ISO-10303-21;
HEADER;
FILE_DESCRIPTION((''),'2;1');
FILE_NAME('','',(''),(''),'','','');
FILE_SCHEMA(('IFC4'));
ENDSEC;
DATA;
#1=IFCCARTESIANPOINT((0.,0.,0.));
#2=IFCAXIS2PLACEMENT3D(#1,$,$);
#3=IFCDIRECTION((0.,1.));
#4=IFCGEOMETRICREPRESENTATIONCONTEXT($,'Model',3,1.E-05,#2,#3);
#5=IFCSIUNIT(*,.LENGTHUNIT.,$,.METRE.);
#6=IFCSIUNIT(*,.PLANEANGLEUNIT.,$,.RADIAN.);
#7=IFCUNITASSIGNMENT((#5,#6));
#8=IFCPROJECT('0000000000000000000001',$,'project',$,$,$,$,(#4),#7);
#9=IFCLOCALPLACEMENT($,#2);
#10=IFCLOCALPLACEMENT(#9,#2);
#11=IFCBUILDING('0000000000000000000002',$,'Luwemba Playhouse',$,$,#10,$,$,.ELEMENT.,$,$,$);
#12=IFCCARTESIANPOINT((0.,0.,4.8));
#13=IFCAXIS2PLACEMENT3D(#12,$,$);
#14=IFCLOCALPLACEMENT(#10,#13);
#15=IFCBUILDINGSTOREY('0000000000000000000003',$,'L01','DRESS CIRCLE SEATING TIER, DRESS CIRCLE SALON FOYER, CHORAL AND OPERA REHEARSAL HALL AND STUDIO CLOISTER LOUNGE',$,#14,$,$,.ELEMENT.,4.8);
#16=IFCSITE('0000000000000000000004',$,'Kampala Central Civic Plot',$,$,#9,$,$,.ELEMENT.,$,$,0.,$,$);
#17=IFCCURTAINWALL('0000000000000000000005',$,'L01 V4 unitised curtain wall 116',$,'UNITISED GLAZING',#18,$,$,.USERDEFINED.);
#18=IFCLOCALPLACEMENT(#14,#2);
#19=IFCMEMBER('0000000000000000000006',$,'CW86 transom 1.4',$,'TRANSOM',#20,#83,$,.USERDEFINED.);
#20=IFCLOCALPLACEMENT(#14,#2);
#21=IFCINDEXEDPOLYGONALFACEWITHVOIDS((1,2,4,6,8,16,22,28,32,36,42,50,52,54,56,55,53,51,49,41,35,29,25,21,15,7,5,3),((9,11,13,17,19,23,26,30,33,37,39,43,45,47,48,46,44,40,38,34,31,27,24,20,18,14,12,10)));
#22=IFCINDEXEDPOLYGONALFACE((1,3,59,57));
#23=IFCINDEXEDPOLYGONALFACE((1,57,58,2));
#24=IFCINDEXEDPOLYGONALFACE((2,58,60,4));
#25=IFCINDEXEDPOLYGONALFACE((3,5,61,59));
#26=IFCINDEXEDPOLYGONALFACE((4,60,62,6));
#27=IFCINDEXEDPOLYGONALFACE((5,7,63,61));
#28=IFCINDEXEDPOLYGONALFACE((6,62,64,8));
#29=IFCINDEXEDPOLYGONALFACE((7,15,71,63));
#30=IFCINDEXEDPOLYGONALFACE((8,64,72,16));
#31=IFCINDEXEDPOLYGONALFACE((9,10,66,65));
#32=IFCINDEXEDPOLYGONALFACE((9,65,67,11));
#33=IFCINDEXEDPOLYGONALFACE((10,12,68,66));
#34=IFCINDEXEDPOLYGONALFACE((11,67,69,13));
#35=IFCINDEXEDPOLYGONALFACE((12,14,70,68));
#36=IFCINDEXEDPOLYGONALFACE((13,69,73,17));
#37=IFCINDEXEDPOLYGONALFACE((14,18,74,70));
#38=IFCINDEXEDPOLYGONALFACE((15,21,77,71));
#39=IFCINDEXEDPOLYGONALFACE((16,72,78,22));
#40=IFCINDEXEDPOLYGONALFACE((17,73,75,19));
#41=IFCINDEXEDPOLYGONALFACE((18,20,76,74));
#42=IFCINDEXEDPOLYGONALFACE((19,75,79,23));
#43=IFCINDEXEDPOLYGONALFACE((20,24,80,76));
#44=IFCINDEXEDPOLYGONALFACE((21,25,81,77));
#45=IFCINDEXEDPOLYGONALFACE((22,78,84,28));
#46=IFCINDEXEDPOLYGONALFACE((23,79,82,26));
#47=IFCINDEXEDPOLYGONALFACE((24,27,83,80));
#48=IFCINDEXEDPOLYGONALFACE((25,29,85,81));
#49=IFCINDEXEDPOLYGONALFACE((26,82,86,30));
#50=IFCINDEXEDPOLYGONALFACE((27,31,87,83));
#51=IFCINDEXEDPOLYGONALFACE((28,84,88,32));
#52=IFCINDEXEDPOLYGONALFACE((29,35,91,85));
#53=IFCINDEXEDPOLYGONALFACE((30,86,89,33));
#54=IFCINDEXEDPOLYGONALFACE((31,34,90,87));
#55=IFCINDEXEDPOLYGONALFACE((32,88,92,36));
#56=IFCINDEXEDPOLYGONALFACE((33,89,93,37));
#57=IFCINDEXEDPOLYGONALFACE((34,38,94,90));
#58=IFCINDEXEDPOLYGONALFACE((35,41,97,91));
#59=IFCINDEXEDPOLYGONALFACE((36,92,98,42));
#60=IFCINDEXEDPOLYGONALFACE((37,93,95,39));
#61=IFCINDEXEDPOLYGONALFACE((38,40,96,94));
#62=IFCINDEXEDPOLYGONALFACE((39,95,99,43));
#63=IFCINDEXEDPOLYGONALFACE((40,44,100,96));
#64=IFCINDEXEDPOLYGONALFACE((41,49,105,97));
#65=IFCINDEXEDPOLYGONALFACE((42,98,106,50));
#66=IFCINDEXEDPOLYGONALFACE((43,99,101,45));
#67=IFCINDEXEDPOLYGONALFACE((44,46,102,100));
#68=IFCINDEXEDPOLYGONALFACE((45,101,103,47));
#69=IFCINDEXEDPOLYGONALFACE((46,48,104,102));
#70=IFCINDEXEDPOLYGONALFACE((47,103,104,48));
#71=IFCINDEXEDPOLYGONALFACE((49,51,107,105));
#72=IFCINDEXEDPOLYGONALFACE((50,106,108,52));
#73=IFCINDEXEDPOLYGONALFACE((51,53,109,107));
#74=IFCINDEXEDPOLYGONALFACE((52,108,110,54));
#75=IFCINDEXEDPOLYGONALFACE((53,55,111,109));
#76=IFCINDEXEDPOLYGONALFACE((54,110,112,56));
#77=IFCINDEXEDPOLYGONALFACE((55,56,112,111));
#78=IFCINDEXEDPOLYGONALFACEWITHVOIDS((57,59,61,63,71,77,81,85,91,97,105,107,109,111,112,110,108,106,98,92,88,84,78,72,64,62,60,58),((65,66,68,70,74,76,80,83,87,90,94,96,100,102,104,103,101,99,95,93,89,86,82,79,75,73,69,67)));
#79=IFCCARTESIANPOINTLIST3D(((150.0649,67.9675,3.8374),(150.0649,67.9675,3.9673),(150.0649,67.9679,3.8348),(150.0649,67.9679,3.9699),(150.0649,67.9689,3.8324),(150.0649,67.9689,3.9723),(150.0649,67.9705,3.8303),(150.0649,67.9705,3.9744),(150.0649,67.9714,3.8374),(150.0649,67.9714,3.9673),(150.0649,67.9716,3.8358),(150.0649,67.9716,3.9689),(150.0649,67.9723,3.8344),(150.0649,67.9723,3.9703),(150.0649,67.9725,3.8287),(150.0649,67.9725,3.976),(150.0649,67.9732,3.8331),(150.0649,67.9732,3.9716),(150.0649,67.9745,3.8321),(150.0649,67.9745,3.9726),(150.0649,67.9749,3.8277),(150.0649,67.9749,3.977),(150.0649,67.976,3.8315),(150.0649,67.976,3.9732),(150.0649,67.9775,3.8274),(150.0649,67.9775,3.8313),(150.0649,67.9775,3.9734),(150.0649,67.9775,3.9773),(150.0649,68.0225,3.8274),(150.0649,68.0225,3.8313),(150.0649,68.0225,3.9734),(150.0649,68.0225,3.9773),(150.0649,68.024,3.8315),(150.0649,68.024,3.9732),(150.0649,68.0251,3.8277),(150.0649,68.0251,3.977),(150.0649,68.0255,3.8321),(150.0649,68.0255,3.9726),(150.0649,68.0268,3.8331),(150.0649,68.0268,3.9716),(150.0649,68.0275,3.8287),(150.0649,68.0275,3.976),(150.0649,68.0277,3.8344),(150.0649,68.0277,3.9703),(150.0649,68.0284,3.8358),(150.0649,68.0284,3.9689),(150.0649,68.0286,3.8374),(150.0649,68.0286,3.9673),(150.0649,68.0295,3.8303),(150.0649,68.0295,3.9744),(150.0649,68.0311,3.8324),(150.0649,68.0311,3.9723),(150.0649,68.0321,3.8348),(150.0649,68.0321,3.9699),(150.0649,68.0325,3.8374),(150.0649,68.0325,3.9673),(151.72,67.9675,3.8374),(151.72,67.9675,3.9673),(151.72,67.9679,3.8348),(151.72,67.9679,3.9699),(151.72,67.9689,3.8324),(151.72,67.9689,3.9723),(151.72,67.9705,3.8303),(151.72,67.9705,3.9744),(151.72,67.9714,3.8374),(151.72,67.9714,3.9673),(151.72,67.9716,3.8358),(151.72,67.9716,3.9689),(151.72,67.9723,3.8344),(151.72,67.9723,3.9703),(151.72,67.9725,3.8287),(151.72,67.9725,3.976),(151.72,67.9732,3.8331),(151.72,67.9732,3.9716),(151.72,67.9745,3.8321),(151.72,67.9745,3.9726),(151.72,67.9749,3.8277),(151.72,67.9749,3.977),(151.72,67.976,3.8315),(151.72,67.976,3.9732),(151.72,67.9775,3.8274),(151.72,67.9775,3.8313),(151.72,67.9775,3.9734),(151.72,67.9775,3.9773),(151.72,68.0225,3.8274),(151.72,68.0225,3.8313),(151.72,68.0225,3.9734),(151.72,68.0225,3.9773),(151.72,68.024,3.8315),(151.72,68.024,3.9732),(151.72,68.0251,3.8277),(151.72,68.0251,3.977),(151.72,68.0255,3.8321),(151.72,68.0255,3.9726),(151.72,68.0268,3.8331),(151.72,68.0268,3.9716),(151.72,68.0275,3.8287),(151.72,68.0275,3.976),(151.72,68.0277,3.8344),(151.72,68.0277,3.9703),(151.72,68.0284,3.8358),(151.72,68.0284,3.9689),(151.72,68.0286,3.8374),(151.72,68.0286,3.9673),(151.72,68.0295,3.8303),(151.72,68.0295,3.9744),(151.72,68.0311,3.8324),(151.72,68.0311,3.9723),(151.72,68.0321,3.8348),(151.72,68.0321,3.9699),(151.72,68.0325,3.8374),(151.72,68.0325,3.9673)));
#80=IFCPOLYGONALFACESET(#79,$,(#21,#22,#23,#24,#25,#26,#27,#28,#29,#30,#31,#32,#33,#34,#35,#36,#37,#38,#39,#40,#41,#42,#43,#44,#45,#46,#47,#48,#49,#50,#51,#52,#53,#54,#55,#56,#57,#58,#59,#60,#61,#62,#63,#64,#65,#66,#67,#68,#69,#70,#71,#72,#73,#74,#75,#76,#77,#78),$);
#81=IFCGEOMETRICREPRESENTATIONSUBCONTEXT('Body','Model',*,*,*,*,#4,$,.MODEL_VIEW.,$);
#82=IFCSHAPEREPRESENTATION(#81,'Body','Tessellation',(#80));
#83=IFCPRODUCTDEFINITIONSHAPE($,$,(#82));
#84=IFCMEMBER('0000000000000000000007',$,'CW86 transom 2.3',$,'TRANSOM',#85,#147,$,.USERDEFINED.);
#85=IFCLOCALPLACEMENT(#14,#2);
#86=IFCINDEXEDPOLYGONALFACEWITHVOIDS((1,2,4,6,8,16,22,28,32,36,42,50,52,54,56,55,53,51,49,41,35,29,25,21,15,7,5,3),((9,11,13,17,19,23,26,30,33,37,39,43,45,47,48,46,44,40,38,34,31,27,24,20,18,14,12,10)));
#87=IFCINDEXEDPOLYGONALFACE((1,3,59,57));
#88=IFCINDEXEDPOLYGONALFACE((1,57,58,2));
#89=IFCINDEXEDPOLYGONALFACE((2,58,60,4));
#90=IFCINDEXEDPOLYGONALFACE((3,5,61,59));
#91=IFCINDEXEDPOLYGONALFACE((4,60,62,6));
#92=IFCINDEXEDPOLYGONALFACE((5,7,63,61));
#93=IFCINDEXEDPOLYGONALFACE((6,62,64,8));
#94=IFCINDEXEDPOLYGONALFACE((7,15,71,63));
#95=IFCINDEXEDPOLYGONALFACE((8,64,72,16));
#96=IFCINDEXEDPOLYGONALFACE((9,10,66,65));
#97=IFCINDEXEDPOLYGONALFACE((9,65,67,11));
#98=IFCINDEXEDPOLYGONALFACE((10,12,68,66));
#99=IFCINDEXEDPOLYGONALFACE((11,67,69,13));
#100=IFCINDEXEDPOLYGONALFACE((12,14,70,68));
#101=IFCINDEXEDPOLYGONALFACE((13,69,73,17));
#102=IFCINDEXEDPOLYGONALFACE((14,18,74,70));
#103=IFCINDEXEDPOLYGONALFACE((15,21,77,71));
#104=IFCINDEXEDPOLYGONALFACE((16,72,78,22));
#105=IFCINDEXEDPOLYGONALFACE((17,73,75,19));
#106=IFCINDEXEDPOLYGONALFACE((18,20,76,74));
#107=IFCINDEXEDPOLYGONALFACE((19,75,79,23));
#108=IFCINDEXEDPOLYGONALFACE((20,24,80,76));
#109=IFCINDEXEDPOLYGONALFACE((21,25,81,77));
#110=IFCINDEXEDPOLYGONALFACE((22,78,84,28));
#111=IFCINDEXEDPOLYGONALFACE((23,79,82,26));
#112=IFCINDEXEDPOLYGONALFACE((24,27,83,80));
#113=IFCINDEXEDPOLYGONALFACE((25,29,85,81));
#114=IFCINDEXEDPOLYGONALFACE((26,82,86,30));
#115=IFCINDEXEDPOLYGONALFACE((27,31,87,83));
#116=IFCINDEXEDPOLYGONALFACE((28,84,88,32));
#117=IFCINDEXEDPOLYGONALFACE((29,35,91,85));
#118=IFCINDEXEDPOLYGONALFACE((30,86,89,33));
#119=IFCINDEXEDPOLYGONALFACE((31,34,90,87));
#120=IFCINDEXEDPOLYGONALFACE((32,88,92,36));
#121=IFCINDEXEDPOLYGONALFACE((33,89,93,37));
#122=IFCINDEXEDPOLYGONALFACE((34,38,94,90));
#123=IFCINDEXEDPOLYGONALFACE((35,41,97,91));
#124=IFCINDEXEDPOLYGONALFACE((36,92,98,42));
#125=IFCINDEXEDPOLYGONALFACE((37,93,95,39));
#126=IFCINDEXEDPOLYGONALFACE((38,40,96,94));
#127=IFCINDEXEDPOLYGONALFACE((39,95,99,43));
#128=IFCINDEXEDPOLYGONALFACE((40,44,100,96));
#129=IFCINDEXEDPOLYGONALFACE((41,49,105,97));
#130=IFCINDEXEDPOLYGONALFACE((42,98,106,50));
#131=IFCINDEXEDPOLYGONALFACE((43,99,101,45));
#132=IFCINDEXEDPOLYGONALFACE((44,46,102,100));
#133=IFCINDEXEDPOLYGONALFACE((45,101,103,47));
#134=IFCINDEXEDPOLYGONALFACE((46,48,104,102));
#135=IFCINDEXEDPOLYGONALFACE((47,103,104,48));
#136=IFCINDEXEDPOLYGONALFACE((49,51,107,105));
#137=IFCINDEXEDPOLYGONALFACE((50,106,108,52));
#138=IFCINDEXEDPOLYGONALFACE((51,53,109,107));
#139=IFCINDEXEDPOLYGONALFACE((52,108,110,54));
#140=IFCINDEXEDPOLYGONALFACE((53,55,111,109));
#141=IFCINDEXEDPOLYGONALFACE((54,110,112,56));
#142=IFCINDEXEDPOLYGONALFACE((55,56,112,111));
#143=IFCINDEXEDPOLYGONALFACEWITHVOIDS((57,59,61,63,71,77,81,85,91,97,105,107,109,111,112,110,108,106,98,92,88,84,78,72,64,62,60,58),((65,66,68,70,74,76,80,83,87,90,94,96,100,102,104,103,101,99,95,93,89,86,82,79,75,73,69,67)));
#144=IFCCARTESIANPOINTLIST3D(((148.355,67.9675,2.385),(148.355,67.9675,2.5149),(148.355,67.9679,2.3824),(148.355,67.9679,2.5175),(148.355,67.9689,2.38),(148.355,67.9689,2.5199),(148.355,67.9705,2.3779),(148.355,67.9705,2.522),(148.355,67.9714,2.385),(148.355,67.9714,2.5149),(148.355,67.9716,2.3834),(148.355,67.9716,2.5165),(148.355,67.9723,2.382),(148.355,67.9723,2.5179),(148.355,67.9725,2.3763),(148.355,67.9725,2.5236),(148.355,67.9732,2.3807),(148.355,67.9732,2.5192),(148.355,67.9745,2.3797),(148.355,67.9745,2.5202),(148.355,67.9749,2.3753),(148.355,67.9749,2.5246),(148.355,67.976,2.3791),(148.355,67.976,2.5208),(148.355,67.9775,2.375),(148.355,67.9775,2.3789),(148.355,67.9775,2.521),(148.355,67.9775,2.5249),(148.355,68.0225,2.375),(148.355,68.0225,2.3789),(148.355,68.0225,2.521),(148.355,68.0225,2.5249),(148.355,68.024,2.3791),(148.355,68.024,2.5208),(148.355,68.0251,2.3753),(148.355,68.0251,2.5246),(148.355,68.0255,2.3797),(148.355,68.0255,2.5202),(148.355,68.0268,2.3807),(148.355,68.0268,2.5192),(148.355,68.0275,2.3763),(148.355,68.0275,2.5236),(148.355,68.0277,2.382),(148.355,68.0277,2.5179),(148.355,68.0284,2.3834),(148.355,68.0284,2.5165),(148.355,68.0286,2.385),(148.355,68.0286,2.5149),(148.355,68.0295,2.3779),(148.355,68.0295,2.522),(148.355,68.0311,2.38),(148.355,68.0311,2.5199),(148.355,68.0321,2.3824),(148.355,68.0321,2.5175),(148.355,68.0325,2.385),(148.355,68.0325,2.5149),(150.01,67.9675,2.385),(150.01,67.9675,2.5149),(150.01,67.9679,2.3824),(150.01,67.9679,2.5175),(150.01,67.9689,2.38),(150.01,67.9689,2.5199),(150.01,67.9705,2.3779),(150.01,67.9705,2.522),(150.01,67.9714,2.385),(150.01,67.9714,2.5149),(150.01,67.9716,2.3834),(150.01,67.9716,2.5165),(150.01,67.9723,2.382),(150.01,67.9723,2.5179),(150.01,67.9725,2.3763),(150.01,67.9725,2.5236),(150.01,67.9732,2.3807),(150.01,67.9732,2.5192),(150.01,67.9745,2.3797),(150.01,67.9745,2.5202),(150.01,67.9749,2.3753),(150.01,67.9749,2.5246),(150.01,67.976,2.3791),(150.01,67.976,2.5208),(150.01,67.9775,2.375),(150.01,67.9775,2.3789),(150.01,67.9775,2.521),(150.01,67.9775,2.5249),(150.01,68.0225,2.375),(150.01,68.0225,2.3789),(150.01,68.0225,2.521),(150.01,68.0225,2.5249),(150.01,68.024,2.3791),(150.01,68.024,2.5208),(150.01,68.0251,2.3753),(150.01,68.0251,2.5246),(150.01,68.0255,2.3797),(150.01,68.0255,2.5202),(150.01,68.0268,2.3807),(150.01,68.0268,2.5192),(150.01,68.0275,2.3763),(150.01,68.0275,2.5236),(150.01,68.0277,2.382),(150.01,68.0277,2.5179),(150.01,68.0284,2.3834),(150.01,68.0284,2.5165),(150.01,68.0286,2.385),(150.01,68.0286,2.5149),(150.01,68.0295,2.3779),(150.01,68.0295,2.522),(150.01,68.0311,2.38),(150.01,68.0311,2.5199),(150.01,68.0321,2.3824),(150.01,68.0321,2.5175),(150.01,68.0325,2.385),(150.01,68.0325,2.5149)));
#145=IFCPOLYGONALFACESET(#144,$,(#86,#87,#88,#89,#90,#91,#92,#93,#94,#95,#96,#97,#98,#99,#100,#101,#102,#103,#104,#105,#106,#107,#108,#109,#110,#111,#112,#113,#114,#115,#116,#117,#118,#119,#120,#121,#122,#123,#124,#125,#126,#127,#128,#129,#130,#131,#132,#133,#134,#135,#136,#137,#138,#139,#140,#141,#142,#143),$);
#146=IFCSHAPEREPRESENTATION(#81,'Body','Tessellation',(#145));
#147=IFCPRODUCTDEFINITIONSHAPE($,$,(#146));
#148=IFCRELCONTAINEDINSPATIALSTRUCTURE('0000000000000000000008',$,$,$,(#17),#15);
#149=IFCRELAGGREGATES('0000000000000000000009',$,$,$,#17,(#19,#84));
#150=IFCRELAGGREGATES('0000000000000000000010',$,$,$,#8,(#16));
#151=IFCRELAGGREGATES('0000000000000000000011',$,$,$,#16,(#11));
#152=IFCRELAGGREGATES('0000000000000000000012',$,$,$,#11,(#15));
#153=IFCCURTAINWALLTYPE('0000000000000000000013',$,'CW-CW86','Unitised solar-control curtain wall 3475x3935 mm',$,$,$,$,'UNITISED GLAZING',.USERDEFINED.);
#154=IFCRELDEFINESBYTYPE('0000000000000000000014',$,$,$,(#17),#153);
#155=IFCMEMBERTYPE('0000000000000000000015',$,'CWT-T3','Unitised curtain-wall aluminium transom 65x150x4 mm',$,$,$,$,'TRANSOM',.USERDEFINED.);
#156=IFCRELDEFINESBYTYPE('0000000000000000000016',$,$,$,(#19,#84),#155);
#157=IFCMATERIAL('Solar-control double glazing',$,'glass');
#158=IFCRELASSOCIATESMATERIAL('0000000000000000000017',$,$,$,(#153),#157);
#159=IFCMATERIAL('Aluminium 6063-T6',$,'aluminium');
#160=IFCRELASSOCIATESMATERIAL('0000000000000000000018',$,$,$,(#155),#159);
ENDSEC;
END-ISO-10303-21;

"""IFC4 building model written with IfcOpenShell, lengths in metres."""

from ifc_helpers import new_model, si_unit, direction, frame, origin, origin_2d, place, context, subcontext, project, spatial, hollow_rectangle, extrude, material, material_profile, profile_set, type_object, element, aggregate, save


model = new_model("IFC4")

# Units and contexts
model_context = context("Model", 3, precision=1e-05, world=origin(), true_north=direction((0.0, 1.0)))
body_context = subcontext(model_context, "Body", "Model", "MODEL_VIEW")
ifc_project = project(units=[si_unit("LENGTHUNIT", "METRE"), si_unit("PLANEANGLEUNIT", "RADIAN")], contexts=[model_context])

# Site, building, storey
site_placement = place(None, origin())
site = spatial("IfcSite", under=ifc_project, at=site_placement, Name="Kampala Central Civic Plot", CompositionType="ELEMENT", RefElevation=0.0)
building_placement = place(site_placement, origin())
building = spatial("IfcBuilding", under=site, at=building_placement, Name="Luwemba Playhouse", CompositionType="ELEMENT")
storey_placement = place(building_placement, frame((0.0, 0.0, 4.8)))
storey = spatial("IfcBuildingStorey", under=building, at=storey_placement, Name="L01", Description="DRESS CIRCLE SEATING TIER, DRESS CIRCLE SALON FOYER, CHORAL AND OPERA REHEARSAL HALL AND STUDIO CLOISTER LOUNGE", CompositionType="ELEMENT", Elevation=4.8)

# Curtain wall, members
ifc_material_1 = material(Name="Solar-control double glazing", Category="glass")
curtain_wall_type = type_object("IfcCurtainWallType", Name="CW-CW86", Description="Unitised solar-control curtain wall 3475x3935 mm", ElementType="UNITISED GLAZING", PredefinedType="USERDEFINED", material=ifc_material_1)
curtain_wall_placement = place(storey_placement, origin())
curtain_wall = element("IfcCurtainWall", 1, at=curtain_wall_placement, inside=storey, type_object=curtain_wall_type, Name="L01 V4 unitised curtain wall 116", ObjectType="UNITISED GLAZING", PredefinedType="USERDEFINED")
ifc_material_2 = material(Name="Aluminium 6063-T6", Category="aluminium")
ifc_material_profile_1 = material_profile(ifc_material_2, hollow_rectangle(XDim=0.0649, YDim=0.1499, WallThickness=0.0039, InnerFilletRadius=0.0061, OuterFilletRadius=0.01, at=origin_2d()))
ifc_profile_set_1 = profile_set([ifc_material_profile_1], Name="Aluminium 6063-T6")
member_type_1 = type_object("IfcMemberType", Name="CWT-T3", Description="Unitised curtain-wall aluminium transom 65x150x4 mm", ElementType="TRANSOM", PredefinedType="USERDEFINED", material=ifc_profile_set_1)
member_1_placement = place(storey_placement, frame((151.72, 68.0, 3.9023), z_axis=(-1.0, 0.0, 0.0), x_axis=(0.0, -1.0, 0.0)))
member_1 = element("IfcMember", 2, at=member_1_placement, type_object=member_type_1, Name="CW86 transom 1.4", ObjectType="TRANSOM", PredefinedType="USERDEFINED", context=body_context, shape_type="SweptSolid", body=[
    extrude(hollow_rectangle(XDim=0.0649, YDim=0.1499, WallThickness=0.0039, InnerFilletRadius=0.0061, OuterFilletRadius=0.01, at=origin_2d()), origin(), (0.0, 0.0, 1.0), 1.655),
])
member_2_placement = place(storey_placement, frame((150.01, 68.0, 2.45), z_axis=(-1.0, 0.0, 0.0), x_axis=(0.0, -1.0, 0.0)))
member_2 = element("IfcMember", 3, at=member_2_placement, type_object=member_type_1, Name="CW86 transom 2.3", ObjectType="TRANSOM", PredefinedType="USERDEFINED", context=body_context, shape_type="SweptSolid", body=[
    extrude(hollow_rectangle(XDim=0.0649, YDim=0.1499, WallThickness=0.0039, InnerFilletRadius=0.0061, OuterFilletRadius=0.01, at=origin_2d()), origin(), (0.0, 0.0, 1.0), 1.655),
])
aggregate(curtain_wall, [member_1, member_2])

save(model, "model.ifc")
